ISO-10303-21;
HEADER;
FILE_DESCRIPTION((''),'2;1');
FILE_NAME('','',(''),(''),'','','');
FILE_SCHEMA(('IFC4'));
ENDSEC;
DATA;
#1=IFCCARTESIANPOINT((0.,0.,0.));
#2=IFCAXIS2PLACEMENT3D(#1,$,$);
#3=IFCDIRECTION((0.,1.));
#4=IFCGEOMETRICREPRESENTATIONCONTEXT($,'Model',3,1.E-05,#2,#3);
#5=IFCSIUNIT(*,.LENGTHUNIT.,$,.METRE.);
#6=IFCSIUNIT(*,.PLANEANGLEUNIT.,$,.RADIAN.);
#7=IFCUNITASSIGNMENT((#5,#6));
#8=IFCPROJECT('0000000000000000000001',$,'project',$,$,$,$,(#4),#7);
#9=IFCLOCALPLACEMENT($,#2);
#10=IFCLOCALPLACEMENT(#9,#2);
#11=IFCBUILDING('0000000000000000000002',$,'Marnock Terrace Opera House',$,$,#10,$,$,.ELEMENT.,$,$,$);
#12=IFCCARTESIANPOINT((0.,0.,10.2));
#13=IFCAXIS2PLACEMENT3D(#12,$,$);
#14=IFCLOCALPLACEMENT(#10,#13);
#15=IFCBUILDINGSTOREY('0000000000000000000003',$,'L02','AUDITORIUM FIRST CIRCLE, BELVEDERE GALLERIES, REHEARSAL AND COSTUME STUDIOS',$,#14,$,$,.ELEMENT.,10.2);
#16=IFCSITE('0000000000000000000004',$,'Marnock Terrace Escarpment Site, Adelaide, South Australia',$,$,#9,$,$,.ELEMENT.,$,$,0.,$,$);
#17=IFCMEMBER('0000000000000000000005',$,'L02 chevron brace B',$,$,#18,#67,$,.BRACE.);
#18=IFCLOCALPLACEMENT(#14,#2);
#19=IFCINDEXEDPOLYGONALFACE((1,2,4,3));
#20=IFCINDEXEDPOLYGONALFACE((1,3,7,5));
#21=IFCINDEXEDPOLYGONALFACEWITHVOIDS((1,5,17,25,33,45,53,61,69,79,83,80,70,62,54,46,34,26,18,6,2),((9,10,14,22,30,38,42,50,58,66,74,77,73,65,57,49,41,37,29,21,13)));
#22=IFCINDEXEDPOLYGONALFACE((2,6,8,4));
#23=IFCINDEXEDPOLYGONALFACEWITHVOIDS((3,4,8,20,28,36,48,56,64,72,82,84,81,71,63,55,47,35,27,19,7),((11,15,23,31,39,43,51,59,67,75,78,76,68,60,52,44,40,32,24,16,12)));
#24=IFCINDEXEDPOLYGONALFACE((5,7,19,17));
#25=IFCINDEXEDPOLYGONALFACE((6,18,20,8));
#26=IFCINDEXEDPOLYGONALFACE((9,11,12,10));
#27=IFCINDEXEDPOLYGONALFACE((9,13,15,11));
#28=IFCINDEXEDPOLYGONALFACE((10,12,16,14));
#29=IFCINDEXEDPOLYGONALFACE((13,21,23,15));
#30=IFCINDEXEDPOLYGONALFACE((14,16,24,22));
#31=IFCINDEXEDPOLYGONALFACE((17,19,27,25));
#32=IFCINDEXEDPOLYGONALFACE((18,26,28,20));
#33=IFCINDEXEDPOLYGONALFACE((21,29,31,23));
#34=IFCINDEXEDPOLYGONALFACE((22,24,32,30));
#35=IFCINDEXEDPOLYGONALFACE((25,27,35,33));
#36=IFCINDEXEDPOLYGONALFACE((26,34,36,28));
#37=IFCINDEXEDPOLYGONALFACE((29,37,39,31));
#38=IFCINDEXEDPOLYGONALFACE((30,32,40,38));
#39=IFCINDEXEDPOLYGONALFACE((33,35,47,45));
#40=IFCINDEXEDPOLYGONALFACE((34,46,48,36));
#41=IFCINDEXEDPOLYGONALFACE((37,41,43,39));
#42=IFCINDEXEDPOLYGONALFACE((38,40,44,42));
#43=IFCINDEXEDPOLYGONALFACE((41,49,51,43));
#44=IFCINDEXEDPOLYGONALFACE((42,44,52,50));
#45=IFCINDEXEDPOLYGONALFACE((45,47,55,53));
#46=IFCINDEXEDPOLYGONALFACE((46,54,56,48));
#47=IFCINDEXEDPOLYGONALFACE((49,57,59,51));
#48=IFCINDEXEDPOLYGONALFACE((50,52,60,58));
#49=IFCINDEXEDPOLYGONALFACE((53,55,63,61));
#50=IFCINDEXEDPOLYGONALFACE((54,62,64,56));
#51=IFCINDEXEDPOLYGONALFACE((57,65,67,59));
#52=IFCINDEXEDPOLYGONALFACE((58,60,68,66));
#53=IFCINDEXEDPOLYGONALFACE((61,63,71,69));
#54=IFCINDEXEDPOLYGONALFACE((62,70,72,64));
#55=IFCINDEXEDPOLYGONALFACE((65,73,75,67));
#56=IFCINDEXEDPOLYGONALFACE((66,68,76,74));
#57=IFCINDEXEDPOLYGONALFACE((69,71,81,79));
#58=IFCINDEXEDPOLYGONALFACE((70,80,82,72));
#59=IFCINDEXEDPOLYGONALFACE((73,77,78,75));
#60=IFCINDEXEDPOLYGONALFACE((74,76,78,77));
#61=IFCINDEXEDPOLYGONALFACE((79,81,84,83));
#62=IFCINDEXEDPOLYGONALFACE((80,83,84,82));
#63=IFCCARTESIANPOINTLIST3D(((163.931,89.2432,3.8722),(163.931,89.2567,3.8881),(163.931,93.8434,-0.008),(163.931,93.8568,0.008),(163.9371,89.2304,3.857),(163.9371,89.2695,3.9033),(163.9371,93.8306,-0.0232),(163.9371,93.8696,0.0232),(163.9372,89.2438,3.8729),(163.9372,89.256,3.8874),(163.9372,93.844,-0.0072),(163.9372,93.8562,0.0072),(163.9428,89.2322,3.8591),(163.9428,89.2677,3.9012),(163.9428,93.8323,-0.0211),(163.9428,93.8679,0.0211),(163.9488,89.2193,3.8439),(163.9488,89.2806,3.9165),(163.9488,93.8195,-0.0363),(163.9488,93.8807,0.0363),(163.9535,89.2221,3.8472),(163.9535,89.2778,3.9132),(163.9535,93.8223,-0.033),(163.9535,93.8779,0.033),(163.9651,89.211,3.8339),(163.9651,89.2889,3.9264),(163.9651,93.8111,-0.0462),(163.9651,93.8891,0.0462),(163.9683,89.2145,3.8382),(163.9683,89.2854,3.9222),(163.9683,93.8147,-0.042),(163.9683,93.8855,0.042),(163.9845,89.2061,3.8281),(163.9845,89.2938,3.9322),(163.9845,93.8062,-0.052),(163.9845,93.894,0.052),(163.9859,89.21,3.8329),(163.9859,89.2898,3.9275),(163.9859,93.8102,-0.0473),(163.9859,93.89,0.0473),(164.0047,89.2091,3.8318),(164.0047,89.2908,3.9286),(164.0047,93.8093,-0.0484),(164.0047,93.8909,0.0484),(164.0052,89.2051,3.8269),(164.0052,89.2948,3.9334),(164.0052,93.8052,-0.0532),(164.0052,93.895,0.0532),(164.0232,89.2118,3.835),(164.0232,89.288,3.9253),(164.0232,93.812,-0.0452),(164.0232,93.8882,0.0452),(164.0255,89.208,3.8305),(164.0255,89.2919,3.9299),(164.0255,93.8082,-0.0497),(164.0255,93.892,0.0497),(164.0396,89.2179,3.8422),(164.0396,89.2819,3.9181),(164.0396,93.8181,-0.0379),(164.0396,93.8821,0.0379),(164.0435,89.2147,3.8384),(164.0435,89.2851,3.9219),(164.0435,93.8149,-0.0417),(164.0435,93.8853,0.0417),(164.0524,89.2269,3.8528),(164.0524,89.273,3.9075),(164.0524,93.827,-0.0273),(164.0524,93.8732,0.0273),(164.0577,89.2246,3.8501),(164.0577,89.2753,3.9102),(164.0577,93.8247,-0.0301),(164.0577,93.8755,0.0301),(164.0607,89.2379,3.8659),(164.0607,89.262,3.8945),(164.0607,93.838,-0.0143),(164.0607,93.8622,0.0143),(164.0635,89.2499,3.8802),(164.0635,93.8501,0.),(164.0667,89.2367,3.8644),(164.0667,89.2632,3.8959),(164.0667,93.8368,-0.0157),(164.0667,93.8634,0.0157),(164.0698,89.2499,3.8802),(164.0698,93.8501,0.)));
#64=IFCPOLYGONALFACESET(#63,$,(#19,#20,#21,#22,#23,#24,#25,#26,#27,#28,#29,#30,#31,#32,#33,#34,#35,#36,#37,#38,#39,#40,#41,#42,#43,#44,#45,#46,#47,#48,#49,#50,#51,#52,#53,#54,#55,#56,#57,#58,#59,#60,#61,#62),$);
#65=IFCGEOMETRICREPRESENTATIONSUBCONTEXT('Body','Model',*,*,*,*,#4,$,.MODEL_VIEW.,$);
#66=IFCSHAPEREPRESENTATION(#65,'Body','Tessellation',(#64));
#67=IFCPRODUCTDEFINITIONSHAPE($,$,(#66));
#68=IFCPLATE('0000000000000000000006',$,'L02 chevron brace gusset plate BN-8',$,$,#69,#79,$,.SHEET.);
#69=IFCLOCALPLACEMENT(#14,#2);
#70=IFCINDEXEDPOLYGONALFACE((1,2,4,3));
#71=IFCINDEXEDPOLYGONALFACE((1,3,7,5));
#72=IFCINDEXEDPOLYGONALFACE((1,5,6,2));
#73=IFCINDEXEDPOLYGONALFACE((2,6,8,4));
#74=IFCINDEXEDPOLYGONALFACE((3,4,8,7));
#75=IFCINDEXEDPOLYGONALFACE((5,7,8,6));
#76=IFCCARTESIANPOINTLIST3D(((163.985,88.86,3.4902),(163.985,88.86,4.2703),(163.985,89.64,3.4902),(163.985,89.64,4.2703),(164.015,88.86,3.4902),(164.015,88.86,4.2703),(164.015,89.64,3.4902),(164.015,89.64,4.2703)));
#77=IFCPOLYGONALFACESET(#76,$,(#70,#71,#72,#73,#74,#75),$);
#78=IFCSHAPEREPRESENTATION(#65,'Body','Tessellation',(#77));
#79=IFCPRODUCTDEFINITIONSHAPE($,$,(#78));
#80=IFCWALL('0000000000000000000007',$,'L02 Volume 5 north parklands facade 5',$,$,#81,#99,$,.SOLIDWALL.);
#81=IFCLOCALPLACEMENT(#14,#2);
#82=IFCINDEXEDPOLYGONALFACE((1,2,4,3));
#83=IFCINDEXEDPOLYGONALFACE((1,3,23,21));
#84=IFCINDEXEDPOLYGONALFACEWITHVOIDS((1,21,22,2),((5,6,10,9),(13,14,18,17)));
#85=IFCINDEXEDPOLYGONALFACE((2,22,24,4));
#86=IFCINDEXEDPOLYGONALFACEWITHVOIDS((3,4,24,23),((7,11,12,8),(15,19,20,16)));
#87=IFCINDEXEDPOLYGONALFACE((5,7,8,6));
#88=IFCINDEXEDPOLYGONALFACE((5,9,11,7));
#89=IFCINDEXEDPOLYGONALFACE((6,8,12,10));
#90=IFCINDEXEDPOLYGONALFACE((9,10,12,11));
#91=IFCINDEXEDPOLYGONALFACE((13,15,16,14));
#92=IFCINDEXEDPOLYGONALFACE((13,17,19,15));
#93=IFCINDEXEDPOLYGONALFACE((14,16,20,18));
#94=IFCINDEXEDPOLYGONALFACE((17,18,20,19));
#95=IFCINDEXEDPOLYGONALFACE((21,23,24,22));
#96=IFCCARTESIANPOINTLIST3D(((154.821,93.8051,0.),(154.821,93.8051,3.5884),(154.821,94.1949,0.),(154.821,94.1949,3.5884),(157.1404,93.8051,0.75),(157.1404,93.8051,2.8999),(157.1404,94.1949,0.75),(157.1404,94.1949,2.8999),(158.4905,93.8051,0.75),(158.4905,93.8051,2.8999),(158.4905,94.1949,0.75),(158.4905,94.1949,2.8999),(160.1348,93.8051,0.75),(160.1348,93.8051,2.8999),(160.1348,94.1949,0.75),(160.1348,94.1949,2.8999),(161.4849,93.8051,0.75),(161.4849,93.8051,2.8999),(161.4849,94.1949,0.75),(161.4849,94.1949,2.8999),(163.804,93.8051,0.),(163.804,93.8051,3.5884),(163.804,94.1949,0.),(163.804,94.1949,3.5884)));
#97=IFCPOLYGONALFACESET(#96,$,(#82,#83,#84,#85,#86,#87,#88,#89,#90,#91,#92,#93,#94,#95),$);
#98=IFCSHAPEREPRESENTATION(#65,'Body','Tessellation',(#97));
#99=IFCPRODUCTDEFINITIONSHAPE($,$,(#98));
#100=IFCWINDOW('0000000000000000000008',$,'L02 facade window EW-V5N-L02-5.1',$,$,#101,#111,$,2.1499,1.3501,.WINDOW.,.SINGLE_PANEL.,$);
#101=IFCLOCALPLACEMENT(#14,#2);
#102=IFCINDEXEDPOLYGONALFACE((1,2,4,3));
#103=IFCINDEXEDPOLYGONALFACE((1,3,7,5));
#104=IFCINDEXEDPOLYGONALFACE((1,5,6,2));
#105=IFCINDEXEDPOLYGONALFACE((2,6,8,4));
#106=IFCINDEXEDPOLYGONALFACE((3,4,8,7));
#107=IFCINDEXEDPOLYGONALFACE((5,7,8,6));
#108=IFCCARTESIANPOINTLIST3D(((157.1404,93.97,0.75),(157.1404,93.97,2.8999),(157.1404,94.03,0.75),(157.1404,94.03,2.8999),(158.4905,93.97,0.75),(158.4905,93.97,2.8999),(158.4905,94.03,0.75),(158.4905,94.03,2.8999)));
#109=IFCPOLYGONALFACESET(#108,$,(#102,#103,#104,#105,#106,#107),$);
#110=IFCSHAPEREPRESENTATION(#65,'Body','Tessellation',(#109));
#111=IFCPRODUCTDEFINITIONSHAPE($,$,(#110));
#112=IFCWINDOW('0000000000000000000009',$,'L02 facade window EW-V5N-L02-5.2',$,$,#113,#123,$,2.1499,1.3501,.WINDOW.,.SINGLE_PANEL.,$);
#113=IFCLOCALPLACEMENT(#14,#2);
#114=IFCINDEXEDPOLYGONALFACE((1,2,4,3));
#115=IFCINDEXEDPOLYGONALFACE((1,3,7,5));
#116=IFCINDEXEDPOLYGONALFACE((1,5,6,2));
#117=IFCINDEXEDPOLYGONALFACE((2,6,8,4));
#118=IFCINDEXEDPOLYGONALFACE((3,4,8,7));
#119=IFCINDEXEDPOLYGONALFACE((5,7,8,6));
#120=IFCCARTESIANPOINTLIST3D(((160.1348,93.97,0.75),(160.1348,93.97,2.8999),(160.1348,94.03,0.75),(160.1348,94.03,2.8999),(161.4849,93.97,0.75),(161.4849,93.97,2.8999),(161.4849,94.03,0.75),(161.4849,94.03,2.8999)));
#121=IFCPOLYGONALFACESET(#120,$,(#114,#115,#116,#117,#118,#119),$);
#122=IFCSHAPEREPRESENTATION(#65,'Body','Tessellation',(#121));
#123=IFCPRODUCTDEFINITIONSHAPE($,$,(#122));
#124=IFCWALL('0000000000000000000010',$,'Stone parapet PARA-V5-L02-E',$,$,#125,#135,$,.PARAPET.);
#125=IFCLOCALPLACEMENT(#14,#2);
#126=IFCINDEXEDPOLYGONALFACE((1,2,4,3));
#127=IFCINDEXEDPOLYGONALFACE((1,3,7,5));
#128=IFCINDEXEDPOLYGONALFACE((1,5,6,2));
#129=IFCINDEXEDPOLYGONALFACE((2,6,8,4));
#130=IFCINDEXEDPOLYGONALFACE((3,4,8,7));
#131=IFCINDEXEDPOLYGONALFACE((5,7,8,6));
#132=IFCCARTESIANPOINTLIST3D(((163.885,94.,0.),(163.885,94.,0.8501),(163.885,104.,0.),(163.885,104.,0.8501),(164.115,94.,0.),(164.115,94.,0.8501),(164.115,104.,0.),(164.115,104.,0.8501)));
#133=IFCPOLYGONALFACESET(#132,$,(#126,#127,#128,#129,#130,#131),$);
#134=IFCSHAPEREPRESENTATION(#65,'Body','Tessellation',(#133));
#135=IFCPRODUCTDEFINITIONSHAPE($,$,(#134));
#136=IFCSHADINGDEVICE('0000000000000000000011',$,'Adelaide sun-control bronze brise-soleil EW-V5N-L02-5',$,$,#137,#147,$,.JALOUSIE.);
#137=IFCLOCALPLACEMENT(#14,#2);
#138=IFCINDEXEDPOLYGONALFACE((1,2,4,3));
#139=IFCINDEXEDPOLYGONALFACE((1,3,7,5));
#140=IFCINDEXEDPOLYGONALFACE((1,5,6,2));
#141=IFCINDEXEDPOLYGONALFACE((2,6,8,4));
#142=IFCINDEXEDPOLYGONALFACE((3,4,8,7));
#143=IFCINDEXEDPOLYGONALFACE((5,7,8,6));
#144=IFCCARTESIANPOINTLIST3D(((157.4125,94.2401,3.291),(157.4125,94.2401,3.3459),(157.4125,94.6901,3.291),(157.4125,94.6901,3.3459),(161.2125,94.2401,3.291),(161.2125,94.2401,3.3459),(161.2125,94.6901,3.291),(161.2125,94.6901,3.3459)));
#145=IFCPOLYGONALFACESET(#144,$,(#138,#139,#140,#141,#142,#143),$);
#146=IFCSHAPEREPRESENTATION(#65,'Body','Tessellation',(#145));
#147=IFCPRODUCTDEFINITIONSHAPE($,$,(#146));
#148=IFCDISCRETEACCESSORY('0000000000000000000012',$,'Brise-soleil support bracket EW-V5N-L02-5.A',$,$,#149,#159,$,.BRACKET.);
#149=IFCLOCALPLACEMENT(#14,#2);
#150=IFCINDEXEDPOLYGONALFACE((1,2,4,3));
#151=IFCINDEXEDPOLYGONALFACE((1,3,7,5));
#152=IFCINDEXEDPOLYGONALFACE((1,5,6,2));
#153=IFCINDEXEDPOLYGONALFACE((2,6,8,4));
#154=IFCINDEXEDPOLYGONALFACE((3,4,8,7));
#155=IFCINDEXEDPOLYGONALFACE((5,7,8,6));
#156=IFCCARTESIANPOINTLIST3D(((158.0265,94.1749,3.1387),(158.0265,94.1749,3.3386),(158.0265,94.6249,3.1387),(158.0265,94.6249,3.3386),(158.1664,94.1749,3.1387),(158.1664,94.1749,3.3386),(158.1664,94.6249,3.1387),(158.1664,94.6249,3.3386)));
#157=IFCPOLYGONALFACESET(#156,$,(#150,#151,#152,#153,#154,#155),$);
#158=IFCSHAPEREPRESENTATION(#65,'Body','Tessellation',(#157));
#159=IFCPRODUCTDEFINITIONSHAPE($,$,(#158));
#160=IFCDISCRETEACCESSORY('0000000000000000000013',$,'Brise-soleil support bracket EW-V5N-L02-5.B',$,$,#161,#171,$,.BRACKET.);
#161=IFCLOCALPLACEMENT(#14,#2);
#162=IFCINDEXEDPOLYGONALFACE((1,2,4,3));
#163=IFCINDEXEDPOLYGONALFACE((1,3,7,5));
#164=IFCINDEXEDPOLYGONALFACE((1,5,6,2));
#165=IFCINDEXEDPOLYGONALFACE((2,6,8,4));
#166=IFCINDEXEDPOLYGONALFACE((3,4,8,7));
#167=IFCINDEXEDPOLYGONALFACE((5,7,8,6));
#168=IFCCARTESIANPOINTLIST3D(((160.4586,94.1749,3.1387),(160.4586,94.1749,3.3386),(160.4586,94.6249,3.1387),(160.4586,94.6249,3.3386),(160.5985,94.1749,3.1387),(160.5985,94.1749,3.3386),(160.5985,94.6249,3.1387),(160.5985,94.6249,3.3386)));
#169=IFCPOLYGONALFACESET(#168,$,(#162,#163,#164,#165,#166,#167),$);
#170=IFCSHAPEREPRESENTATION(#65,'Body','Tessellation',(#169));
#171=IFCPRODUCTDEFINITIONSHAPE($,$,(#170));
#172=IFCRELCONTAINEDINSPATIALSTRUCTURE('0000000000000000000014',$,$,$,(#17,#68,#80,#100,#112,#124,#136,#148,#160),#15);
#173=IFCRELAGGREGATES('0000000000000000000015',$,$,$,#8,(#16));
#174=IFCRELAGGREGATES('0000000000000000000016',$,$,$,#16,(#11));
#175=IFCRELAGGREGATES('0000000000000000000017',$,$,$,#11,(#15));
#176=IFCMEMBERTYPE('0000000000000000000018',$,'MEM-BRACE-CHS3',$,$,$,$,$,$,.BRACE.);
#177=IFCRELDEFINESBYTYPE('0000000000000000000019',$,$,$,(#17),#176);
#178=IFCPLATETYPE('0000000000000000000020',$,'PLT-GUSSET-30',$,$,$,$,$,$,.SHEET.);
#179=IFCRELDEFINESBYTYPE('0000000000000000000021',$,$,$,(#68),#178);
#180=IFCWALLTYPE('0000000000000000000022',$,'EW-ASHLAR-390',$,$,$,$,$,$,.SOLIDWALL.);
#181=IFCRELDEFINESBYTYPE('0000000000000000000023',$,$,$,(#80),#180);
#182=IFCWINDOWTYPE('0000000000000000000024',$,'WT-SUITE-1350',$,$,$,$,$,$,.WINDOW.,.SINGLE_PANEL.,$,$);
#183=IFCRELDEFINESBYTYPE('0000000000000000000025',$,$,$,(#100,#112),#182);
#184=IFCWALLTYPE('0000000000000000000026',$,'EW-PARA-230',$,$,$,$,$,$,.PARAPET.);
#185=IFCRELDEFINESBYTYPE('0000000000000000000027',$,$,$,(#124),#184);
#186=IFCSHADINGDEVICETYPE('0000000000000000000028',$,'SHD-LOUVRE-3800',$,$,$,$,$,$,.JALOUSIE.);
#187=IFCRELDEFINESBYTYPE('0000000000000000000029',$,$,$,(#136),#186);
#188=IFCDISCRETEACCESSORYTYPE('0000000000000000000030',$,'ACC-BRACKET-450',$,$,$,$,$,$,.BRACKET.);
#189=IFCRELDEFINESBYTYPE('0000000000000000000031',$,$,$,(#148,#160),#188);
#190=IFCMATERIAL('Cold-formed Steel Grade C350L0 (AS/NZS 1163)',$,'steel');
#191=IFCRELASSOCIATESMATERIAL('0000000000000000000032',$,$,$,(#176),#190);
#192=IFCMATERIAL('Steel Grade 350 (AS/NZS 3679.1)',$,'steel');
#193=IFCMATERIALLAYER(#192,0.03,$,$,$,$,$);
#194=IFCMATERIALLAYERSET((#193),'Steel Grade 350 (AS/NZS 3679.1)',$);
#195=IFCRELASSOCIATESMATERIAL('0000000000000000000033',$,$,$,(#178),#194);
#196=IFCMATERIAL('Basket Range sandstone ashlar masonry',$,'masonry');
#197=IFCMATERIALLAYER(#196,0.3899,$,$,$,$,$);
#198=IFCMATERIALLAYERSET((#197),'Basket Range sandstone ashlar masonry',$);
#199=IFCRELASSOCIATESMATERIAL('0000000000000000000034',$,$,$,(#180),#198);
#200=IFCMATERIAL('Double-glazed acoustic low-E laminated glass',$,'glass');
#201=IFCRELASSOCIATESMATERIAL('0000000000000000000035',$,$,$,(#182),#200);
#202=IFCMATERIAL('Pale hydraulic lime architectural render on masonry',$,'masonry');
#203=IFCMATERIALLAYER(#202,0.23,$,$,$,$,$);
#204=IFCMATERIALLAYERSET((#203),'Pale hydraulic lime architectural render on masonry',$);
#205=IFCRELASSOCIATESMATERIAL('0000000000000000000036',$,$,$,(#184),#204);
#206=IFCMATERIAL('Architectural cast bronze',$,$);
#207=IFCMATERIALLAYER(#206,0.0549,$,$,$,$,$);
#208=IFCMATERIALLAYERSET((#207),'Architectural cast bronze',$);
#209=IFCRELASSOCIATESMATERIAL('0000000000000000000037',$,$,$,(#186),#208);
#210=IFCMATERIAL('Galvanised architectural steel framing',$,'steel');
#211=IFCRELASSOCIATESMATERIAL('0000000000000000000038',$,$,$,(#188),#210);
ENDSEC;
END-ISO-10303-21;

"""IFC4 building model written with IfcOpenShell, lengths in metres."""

from ifc_helpers import new_model, si_unit, direction, frame, frame_2d, origin, origin_2d, place, context, subcontext, project, spatial, rectangle, hollow_circle, extrude, material, layer, layer_set, material_profile, profile_set, type_object, element, fill, save


model = new_model("IFC4")

# Units and contexts
model_context = context("Model", 3, precision=1e-05, world=origin(), true_north=direction((0.0, 1.0)))
body_context = subcontext(model_context, "Body", "Model", "MODEL_VIEW")
ifc_project = project(units=[si_unit("LENGTHUNIT", "METRE"), si_unit("PLANEANGLEUNIT", "RADIAN")], contexts=[model_context])

# Site, building, storey
site_placement = place(None, origin())
site = spatial("IfcSite", under=ifc_project, at=site_placement, Name="Marnock Terrace Escarpment Site, Adelaide, South Australia", CompositionType="ELEMENT", RefElevation=0.0)
building_placement = place(site_placement, origin())
building = spatial("IfcBuilding", under=site, at=building_placement, Name="Marnock Terrace Opera House", CompositionType="ELEMENT")
storey_placement = place(building_placement, frame((0.0, 0.0, 10.2)))
storey = spatial("IfcBuildingStorey", under=building, at=storey_placement, Name="L02", Description="AUDITORIUM FIRST CIRCLE, BELVEDERE GALLERIES, REHEARSAL AND COSTUME STUDIOS", CompositionType="ELEMENT", Elevation=10.2)

# Shared definitions
ifc_material_1 = material(Name="Steel Grade 350 (AS/NZS 3679.1)", Category="steel")

# Member
ifc_material_2 = material(Name="Cold-formed Steel Grade C350L0 (AS/NZS 1163)", Category="steel")
ifc_material_profile_1 = material_profile(ifc_material_2, hollow_circle(Radius=0.0698, WallThickness=0.0063, at=origin_2d()))
ifc_profile_set_1 = profile_set([ifc_material_profile_1], Name="Cold-formed Steel Grade C350L0 (AS/NZS 1163)")
member_type = type_object("IfcMemberType", Name="MEM-BRACE-CHS3", PredefinedType="BRACE", material=ifc_profile_set_1)
for number, where, z_axis, x_axis, name in (
    (1, (164.0, 93.8501, 0.0), (0.0, -0.76439, 0.644754), (1.0, 0.0, 0.0), "L02 chevron brace B"),
):
    element("IfcMember", number, at=place(storey_placement, frame(where, z_axis=z_axis, x_axis=x_axis)), inside=storey, type_object=member_type, Name=name, PredefinedType="BRACE", context=body_context, shape_type="SweptSolid", body=[
        extrude(hollow_circle(Radius=0.0698, WallThickness=0.0063, at=origin_2d()), origin(), (0.0, 0.0, 1.0), 6.0181),
    ])

# Plate
ifc_layer_1 = layer(ifc_material_1, 0.03)
ifc_layer_set_1 = layer_set([ifc_layer_1], Name="Steel Grade 350 (AS/NZS 3679.1)")
plate_type = type_object("IfcPlateType", Name="PLT-GUSSET-30", PredefinedType="SHEET", material=ifc_layer_set_1)
plate_placement = place(storey_placement, frame((164.0, 89.25, 3.4902), z_axis=(0.0, 0.0, 1.0), x_axis=(0.0, 1.0, 0.0)))
element("IfcPlate", 2, at=plate_placement, inside=storey, type_object=plate_type, Name="L02 chevron brace gusset plate BN-8", PredefinedType="SHEET", context=body_context, shape_type="SweptSolid", body=[
    extrude(rectangle(XDim=0.78, YDim=0.03, at=origin_2d()), origin(), (0.0, 0.0, 1.0), 0.78),
])

# Wall, openings, windows
ifc_material_3 = material(Name="Basket Range sandstone ashlar masonry", Category="masonry")
ifc_layer_2 = layer(ifc_material_3, 0.3899)
ifc_layer_set_2 = layer_set([ifc_layer_2], Name="Basket Range sandstone ashlar masonry")
wall_type_1 = type_object("IfcWallType", Name="EW-ASHLAR-390", PredefinedType="SOLIDWALL", material=ifc_layer_set_2)
wall_1_placement = place(storey_placement, frame((154.821, 94.0, 0.0), z_axis=(0.0, 0.0, 1.0), x_axis=(1.0, 0.0, 0.0)))
wall_1 = element("IfcWall", 3, at=wall_1_placement, inside=storey, type_object=wall_type_1, Name="L02 Volume 5 north parklands facade 5", PredefinedType="SOLIDWALL", context=body_context, shape_type="SweptSolid", body=[
    extrude(rectangle(XDim=8.9829, YDim=0.3899, at=frame_2d((4.4915, 0.0))), origin(), (0.0, 0.0, 1.0), 3.5884),
])
opening_1_placement = place(wall_1_placement, frame((2.3193, 0.0, 0.75)))
opening_1 = element("IfcOpeningElement", 4, at=opening_1_placement, cuts=wall_1, PredefinedType="OPENING", context=body_context, shape_type="SweptSolid", body=[
    extrude(rectangle(XDim=1.3501, YDim=2.1499, at=frame_2d((0.675, 1.075))), frame((0.0, 0.2048, 0.0), z_axis=(0.0, -1.0, 0.0), x_axis=(1.0, 0.0, 0.0)), (0.0, 0.0, 1.0), 0.4099),
])
opening_2_placement = place(wall_1_placement, frame((5.3137, 0.0, 0.75)))
opening_2 = element("IfcOpeningElement", 5, at=opening_2_placement, cuts=wall_1, PredefinedType="OPENING", context=body_context, shape_type="SweptSolid", body=[
    extrude(rectangle(XDim=1.3501, YDim=2.1499, at=frame_2d((0.675, 1.075))), frame((0.0, 0.2048, 0.0), z_axis=(0.0, -1.0, 0.0), x_axis=(1.0, 0.0, 0.0)), (0.0, 0.0, 1.0), 0.4099),
])
ifc_material_4 = material(Name="Double-glazed acoustic low-E laminated glass", Category="glass")
window_type = type_object("IfcWindowType", Name="WT-SUITE-1350", PartitioningType="SINGLE_PANEL", PredefinedType="WINDOW", material=ifc_material_4)
window_1_placement = place(opening_1_placement, origin())
window_1 = element("IfcWindow", 6, at=window_1_placement, inside=storey, type_object=window_type, Name="L02 facade window EW-V5N-L02-5.1", OverallHeight=2.1499, OverallWidth=1.3501, PartitioningType="SINGLE_PANEL", PredefinedType="WINDOW", context=body_context, shape_type="SweptSolid", body=[
    extrude(rectangle(XDim=1.3501, YDim=2.1499, at=frame_2d((0.675, 1.075))), frame((0.0, 0.03, 0.0), z_axis=(0.0, -1.0, 0.0), x_axis=(1.0, 0.0, 0.0)), (0.0, 0.0, 1.0), 0.0601),
])
fill(opening_1, window_1)
window_2_placement = place(opening_2_placement, origin())
window_2 = element("IfcWindow", 7, at=window_2_placement, inside=storey, type_object=window_type, Name="L02 facade window EW-V5N-L02-5.2", OverallHeight=2.1499, OverallWidth=1.3501, PartitioningType="SINGLE_PANEL", PredefinedType="WINDOW", context=body_context, shape_type="SweptSolid", body=[
    extrude(rectangle(XDim=1.3501, YDim=2.1499, at=frame_2d((0.675, 1.075))), frame((0.0, 0.03, 0.0), z_axis=(0.0, -1.0, 0.0), x_axis=(1.0, 0.0, 0.0)), (0.0, 0.0, 1.0), 0.0601),
])
fill(opening_2, window_2)

# Wall
ifc_material_5 = material(Name="Pale hydraulic lime architectural render on masonry", Category="masonry")
ifc_layer_3 = layer(ifc_material_5, 0.23)
ifc_layer_set_3 = layer_set([ifc_layer_3], Name="Pale hydraulic lime architectural render on masonry")
wall_type_2 = type_object("IfcWallType", Name="EW-PARA-230", PredefinedType="PARAPET", material=ifc_layer_set_3)
wall_2_placement = place(storey_placement, frame((164.0, 94.0, 0.0), z_axis=(0.0, 0.0, 1.0), x_axis=(0.0, 1.0, 0.0)))
element("IfcWall", 8, at=wall_2_placement, inside=storey, type_object=wall_type_2, Name="Stone parapet PARA-V5-L02-E", PredefinedType="PARAPET", context=body_context, shape_type="SweptSolid", body=[
    extrude(rectangle(XDim=10.0, YDim=0.23, at=frame_2d((5.0, 0.0))), origin(), (0.0, 0.0, 1.0), 0.8501),
])

# Shading device
ifc_material_6 = material(Name="Architectural cast bronze")
ifc_layer_4 = layer(ifc_material_6, 0.0549)
ifc_layer_set_4 = layer_set([ifc_layer_4], Name="Architectural cast bronze")
shading_device_type = type_object("IfcShadingDeviceType", Name="SHD-LOUVRE-3800", PredefinedType="JALOUSIE", material=ifc_layer_set_4)
shading_device_placement = place(storey_placement, frame((159.3125, 94.4651, 3.291), z_axis=(0.0, 0.0, 1.0), x_axis=(1.0, 0.0, 0.0)))
element("IfcShadingDevice", 9, at=shading_device_placement, inside=storey, type_object=shading_device_type, Name="Adelaide sun-control bronze brise-soleil EW-V5N-L02-5", PredefinedType="JALOUSIE", context=body_context, shape_type="SweptSolid", body=[
    extrude(rectangle(XDim=3.8, YDim=0.45, at=origin_2d()), origin(), (0.0, 0.0, 1.0), 0.0549),
])

# Discrete accessories
ifc_material_7 = material(Name="Galvanised architectural steel framing", Category="steel")
discrete_accessory_type = type_object("IfcDiscreteAccessoryType", Name="ACC-BRACKET-450", PredefinedType="BRACKET", material=ifc_material_7)
for number, where, z_axis, x_axis, name in (
    (10, (158.0964, 94.3999, 3.1387), (0.0, 0.0, 1.0), (1.0, 0.0, 0.0), "Brise-soleil support bracket EW-V5N-L02-5.A"),
    (11, (160.5286, 94.3999, 3.1387), (0.0, 0.0, 1.0), (1.0, 0.0, 0.0), "Brise-soleil support bracket EW-V5N-L02-5.B"),
):
    element("IfcDiscreteAccessory", number, at=place(storey_placement, frame(where, z_axis=z_axis, x_axis=x_axis)), inside=storey, type_object=discrete_accessory_type, Name=name, PredefinedType="BRACKET", context=body_context, shape_type="SweptSolid", body=[
        extrude(rectangle(XDim=0.1399, YDim=0.45, at=origin_2d()), origin(), (0.0, 0.0, 1.0), 0.2),
    ])

save(model, "model.ifc")
